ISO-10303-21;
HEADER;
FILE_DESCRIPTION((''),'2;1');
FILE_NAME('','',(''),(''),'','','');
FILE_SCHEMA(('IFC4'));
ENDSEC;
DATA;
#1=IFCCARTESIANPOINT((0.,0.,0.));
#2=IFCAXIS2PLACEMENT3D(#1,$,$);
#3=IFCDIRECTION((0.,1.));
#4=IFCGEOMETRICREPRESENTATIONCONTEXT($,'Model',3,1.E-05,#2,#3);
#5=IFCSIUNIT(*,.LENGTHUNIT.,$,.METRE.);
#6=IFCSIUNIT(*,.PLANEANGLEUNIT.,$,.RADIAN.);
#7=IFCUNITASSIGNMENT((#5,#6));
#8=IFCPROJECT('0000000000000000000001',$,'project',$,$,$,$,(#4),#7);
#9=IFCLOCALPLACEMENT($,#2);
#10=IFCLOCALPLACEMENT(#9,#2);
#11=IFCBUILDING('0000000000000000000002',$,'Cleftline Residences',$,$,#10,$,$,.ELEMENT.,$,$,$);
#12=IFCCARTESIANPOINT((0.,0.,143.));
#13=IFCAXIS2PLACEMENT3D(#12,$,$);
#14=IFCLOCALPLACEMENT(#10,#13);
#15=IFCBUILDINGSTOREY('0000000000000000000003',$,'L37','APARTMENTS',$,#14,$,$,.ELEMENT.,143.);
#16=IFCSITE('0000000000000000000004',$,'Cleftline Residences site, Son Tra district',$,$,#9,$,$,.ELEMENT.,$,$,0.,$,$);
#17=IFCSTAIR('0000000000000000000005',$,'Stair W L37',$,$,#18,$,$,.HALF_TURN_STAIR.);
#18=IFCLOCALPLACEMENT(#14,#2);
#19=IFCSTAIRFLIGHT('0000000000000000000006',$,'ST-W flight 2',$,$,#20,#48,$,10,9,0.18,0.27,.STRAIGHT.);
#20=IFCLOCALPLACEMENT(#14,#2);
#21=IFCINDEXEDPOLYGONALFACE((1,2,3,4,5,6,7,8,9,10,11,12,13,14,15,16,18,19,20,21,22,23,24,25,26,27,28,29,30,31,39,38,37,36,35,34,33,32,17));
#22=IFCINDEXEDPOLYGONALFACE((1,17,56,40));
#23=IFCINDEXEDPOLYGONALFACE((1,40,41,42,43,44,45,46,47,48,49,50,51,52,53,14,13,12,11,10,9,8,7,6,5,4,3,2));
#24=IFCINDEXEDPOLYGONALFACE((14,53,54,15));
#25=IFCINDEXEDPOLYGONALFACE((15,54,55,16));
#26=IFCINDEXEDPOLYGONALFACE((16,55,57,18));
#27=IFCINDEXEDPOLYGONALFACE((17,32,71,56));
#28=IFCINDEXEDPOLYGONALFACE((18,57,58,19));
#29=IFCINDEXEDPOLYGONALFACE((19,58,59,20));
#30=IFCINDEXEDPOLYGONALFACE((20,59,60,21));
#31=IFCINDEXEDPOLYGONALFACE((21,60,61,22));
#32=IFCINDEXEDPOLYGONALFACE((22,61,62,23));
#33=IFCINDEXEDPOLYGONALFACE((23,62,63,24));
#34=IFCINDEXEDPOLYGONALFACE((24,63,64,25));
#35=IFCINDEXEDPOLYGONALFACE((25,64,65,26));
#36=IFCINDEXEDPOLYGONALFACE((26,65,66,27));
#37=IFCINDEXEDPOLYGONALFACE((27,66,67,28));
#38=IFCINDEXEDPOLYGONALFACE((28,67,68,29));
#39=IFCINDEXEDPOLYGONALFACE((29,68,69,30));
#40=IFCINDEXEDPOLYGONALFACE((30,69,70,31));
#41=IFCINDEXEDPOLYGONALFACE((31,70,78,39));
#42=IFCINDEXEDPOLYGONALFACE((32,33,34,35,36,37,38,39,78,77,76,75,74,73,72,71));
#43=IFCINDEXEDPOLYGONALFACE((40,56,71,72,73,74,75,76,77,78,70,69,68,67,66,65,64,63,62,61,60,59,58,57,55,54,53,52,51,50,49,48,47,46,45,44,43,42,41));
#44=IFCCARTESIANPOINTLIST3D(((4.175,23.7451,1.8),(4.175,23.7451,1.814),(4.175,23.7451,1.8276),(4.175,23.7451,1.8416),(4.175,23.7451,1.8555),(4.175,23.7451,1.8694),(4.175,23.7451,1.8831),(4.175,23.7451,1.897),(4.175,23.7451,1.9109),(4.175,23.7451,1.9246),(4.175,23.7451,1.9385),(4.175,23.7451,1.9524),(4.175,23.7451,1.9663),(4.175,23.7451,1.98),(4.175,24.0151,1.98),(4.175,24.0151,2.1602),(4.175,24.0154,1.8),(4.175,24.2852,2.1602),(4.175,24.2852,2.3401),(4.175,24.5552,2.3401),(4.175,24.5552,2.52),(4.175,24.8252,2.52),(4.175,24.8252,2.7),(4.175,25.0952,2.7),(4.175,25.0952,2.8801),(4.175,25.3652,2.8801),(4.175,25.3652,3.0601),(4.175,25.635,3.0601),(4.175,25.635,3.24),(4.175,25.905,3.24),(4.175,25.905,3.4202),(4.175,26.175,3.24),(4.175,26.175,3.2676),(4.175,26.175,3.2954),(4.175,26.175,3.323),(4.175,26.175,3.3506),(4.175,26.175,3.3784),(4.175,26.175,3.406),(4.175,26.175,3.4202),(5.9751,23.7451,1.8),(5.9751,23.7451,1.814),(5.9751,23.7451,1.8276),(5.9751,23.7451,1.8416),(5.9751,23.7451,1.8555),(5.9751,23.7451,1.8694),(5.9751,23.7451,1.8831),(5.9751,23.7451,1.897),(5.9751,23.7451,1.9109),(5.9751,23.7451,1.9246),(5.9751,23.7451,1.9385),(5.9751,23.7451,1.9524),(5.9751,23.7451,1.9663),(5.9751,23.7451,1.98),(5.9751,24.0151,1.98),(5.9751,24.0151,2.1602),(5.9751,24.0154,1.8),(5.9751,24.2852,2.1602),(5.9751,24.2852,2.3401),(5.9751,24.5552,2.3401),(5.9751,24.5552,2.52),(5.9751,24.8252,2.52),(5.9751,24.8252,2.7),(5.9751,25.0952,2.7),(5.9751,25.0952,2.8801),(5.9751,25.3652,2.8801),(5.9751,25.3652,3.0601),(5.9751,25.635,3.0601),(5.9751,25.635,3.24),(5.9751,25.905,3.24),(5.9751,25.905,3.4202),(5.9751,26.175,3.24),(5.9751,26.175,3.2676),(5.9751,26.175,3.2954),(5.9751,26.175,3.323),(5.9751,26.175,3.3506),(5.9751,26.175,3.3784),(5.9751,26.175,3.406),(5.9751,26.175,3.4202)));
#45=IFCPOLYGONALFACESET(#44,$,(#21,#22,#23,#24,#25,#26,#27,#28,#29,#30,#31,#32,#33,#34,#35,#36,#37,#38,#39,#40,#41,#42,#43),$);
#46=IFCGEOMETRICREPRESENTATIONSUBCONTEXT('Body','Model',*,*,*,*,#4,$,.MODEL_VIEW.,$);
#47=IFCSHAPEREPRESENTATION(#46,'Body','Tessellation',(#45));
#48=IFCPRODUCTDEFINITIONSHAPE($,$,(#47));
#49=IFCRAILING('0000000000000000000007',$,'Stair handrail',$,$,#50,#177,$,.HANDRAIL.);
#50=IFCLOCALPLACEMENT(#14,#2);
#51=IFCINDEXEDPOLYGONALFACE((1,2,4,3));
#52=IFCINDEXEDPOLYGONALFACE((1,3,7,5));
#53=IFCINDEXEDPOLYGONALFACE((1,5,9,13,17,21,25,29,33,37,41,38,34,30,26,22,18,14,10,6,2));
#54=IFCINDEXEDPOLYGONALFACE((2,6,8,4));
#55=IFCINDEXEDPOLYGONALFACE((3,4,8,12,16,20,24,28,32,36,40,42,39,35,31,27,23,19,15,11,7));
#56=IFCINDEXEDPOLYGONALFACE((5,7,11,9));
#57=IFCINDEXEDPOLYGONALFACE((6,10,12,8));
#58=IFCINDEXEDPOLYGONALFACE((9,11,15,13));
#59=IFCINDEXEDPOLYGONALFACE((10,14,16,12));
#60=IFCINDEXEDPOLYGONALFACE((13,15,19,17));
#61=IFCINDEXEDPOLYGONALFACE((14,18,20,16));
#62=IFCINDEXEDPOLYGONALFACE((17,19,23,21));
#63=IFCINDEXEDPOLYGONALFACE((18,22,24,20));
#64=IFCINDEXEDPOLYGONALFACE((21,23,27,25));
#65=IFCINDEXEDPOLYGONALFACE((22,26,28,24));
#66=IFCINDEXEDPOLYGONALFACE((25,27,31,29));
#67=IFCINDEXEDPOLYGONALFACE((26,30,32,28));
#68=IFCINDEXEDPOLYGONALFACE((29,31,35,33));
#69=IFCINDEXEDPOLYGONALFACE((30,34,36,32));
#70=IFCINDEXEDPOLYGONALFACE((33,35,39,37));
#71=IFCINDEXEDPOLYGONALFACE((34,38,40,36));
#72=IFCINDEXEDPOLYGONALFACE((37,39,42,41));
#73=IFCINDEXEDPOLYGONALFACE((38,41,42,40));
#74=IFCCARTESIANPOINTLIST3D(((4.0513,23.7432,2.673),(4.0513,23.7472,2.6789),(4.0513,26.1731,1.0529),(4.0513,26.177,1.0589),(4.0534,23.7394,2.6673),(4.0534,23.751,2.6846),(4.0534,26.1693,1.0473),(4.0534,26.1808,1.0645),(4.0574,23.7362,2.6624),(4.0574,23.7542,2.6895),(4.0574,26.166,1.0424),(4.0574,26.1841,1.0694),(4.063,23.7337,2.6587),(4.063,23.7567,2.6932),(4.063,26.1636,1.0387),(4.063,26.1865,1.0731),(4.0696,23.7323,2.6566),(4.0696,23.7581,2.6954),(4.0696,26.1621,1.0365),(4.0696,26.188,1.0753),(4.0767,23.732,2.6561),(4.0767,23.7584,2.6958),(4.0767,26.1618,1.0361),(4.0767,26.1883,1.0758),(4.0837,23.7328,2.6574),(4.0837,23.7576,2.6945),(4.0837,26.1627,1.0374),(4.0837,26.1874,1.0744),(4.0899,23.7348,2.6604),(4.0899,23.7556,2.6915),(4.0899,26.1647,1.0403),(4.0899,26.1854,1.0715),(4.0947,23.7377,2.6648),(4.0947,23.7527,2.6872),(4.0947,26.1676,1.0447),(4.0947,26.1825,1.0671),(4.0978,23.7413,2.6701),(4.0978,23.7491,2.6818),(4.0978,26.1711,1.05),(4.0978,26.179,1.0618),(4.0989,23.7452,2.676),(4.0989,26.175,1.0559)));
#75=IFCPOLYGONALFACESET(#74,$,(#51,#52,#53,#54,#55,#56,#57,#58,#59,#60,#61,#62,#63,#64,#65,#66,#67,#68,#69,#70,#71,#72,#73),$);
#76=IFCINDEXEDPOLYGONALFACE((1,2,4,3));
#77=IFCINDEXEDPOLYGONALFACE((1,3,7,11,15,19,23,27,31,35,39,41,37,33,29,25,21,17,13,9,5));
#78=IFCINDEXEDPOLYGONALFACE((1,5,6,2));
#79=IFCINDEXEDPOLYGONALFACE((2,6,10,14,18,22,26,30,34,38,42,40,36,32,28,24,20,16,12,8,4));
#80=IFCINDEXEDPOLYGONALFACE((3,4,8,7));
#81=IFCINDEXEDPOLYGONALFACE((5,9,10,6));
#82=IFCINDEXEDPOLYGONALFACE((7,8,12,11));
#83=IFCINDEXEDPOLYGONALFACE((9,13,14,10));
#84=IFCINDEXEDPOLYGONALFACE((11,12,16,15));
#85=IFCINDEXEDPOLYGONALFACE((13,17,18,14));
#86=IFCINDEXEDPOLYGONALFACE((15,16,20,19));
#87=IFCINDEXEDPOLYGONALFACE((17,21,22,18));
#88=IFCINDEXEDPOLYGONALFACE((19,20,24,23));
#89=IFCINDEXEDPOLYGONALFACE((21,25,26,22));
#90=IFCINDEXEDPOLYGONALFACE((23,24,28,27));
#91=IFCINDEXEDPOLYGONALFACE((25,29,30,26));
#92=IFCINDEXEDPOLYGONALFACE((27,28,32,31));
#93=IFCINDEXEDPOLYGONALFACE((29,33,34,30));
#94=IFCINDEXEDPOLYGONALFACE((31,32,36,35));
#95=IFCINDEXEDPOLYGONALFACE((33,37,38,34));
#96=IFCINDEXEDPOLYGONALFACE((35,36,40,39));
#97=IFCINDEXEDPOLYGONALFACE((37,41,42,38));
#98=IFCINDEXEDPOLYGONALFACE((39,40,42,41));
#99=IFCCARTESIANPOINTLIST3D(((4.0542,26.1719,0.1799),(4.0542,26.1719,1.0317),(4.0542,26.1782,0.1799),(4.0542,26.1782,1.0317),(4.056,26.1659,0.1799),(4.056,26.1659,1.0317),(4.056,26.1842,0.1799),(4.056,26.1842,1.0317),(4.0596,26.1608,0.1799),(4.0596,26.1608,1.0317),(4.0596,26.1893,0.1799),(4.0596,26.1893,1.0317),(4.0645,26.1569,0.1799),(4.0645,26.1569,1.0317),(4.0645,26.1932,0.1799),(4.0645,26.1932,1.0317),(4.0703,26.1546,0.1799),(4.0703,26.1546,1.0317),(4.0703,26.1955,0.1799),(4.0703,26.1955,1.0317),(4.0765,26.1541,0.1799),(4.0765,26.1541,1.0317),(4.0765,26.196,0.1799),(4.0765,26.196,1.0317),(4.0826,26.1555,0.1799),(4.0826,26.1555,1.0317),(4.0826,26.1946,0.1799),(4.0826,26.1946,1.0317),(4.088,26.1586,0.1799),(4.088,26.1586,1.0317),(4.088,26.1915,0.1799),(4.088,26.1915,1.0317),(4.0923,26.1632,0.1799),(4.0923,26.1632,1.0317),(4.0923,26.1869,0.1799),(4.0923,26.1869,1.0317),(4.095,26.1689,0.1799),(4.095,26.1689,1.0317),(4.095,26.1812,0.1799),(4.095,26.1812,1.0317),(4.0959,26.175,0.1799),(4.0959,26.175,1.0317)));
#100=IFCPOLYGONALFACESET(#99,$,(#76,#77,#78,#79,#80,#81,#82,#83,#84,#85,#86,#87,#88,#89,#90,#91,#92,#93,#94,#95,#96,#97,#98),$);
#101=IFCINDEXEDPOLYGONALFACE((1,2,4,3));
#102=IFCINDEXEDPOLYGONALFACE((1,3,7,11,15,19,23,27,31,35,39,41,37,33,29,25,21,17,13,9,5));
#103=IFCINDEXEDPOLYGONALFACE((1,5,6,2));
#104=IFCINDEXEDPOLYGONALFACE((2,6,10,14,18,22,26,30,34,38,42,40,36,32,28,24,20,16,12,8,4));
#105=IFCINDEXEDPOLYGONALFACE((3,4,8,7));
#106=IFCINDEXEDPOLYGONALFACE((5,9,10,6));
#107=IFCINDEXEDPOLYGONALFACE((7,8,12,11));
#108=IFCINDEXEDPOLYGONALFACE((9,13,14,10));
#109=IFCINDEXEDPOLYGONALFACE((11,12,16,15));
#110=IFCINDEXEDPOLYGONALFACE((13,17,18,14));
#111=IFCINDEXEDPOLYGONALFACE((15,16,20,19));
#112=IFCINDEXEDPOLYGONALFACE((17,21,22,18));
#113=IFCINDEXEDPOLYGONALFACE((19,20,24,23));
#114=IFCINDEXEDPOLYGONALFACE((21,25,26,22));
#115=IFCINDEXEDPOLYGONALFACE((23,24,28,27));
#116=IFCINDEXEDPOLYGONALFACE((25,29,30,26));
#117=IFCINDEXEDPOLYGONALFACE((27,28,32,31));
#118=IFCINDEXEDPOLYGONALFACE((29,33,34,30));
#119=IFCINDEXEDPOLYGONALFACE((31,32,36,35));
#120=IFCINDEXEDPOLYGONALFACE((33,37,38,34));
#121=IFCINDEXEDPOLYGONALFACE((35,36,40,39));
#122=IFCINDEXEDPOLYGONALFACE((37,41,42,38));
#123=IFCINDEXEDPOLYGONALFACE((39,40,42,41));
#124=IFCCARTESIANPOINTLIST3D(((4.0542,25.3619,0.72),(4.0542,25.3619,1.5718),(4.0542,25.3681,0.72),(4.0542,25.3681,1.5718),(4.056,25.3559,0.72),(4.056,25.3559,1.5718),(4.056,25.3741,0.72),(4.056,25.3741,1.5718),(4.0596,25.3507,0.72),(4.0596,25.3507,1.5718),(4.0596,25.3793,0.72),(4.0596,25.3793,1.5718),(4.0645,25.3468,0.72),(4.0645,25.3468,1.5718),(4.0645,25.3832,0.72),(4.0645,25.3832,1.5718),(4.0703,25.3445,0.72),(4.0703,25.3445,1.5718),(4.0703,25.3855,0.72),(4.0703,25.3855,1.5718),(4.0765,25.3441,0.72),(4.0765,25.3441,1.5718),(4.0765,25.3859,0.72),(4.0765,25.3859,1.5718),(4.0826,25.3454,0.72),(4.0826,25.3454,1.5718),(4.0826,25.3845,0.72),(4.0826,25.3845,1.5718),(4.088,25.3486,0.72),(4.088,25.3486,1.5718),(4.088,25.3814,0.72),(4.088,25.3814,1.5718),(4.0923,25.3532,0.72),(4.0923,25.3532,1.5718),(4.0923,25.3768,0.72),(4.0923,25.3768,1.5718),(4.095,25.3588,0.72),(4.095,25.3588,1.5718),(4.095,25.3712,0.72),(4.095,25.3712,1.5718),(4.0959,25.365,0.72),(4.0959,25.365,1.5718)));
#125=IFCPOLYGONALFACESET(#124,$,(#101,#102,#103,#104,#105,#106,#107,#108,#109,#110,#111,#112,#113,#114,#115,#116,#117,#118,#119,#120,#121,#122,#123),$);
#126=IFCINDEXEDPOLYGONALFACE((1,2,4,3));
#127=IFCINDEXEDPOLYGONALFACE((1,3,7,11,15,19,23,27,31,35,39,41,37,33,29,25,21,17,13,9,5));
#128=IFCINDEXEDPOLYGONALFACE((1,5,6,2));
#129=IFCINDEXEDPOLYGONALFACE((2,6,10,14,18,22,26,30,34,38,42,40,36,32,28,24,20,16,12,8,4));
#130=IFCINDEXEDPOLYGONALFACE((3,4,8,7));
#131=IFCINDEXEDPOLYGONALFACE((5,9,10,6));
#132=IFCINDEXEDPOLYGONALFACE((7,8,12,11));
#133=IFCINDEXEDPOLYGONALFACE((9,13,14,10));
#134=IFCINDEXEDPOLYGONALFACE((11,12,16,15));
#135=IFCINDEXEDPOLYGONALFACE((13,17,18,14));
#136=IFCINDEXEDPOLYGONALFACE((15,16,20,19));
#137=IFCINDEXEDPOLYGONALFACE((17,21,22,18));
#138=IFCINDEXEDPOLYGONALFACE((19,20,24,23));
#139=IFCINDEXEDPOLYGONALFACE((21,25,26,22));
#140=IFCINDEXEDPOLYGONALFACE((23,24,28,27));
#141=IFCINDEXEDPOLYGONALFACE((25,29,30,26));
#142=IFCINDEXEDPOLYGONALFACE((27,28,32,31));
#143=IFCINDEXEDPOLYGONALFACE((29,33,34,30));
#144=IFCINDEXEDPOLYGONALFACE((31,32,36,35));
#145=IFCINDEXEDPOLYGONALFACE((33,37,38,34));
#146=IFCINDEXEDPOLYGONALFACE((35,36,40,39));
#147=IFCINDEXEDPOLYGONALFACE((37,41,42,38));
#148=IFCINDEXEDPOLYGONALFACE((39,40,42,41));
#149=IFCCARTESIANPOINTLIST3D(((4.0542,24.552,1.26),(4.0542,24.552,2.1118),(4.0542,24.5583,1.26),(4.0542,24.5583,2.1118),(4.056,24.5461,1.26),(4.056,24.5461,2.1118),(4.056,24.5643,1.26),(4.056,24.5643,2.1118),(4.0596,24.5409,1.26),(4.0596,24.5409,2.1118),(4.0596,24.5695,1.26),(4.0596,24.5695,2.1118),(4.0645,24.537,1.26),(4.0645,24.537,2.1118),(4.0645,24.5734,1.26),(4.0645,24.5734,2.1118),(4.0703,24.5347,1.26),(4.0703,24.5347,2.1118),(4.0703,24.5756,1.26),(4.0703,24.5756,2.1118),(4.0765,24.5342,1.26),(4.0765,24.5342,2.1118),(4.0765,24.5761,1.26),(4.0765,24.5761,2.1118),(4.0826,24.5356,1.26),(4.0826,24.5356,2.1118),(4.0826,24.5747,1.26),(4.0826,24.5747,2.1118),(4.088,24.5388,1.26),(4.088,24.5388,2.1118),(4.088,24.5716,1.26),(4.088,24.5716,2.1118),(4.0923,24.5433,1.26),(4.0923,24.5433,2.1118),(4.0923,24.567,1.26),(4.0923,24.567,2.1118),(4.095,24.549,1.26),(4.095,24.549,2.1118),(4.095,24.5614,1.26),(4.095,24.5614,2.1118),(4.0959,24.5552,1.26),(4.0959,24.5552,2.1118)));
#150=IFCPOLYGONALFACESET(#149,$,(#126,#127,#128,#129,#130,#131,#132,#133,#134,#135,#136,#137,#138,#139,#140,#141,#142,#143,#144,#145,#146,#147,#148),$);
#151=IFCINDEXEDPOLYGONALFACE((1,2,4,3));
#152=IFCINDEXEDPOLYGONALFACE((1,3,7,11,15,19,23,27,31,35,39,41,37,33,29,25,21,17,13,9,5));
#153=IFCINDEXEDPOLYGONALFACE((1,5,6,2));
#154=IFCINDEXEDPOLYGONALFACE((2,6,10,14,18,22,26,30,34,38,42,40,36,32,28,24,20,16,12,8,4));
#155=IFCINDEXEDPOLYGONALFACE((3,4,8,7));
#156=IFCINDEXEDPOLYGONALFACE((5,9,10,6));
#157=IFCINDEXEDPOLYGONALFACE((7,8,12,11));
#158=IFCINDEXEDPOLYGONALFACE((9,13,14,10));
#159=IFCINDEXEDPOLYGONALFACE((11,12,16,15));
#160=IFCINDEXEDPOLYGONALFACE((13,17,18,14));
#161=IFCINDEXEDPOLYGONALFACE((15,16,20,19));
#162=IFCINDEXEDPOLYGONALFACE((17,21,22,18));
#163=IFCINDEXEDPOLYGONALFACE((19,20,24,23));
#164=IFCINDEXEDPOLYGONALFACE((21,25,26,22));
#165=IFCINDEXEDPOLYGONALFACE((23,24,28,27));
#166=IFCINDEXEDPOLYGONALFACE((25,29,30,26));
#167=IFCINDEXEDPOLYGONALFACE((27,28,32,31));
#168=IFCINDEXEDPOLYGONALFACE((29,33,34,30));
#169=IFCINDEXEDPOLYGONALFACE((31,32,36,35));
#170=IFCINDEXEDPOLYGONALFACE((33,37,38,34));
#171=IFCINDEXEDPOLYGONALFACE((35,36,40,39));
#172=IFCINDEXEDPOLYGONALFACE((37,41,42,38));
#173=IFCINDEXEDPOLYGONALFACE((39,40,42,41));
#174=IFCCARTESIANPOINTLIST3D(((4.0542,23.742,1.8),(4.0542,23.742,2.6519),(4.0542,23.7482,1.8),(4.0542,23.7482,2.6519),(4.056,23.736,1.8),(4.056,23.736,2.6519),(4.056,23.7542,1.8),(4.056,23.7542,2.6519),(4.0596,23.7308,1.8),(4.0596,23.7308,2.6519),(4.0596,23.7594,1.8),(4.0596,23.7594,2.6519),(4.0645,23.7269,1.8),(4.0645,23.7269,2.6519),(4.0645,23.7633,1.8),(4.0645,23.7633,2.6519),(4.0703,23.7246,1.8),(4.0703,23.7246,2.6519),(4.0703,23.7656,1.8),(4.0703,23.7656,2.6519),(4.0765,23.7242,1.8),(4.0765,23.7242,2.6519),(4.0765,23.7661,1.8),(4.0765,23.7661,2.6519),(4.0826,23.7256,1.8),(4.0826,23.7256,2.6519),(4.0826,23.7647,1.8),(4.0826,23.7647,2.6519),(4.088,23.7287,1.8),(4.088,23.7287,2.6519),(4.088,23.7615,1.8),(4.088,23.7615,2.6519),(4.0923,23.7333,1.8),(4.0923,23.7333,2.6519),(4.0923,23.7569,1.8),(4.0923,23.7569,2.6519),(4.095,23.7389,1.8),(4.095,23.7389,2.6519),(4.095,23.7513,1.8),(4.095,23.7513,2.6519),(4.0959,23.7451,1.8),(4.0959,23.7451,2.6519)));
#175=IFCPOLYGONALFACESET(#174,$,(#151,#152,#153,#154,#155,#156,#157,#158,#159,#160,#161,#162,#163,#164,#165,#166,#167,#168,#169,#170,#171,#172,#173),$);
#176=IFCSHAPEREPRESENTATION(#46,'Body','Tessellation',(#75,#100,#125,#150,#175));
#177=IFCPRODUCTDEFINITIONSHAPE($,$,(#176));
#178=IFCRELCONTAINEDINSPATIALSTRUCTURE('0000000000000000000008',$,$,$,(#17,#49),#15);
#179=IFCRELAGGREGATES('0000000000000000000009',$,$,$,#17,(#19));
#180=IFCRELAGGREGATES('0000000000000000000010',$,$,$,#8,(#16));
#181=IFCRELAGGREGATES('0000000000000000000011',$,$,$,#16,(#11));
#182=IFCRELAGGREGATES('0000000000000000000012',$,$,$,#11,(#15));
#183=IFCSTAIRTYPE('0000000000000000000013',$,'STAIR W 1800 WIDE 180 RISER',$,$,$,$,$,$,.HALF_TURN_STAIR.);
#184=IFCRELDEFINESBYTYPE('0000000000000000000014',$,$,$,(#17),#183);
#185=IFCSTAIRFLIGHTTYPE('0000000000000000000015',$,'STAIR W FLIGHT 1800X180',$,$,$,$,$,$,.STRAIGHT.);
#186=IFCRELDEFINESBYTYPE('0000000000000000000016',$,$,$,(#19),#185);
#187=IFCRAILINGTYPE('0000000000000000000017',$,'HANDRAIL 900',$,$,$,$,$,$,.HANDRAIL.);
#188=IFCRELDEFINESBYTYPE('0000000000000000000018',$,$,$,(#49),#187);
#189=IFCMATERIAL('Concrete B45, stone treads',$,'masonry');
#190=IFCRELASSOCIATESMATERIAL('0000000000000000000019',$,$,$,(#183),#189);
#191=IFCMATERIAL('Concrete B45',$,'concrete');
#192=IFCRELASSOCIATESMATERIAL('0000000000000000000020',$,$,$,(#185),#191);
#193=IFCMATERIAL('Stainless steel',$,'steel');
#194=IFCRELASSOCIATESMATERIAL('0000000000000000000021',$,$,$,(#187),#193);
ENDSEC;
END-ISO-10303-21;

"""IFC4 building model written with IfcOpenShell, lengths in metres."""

from ifc_helpers import new_model, si_unit, direction, frame, origin, origin_2d, place, context, subcontext, project, spatial, polyline, circle, outline, extrude, material, type_object, element, aggregate, save


model = new_model("IFC4")

# Units and contexts
model_context = context("Model", 3, precision=1e-05, world=origin(), true_north=direction((0.0, 1.0)))
body_context = subcontext(model_context, "Body", "Model", "MODEL_VIEW")
ifc_project = project(units=[si_unit("LENGTHUNIT", "METRE"), si_unit("PLANEANGLEUNIT", "RADIAN")], contexts=[model_context])

# Site, building, storey
site_placement = place(None, origin())
site = spatial("IfcSite", under=ifc_project, at=site_placement, Name="Cleftline Residences site, Son Tra district", CompositionType="ELEMENT", RefElevation=0.0)
building_placement = place(site_placement, origin())
building = spatial("IfcBuilding", under=site, at=building_placement, Name="Cleftline Residences", CompositionType="ELEMENT")
storey_placement = place(building_placement, frame((0.0, 0.0, 143.0)))
storey = spatial("IfcBuildingStorey", under=building, at=storey_placement, Name="L37", Description="APARTMENTS", CompositionType="ELEMENT", Elevation=143.0)

# Stair, stair flight
ifc_material_1 = material(Name="Concrete B45, stone treads", Category="masonry")
stair_type = type_object("IfcStairType", Name="STAIR W 1800 WIDE 180 RISER", PredefinedType="HALF_TURN_STAIR", material=ifc_material_1)
stair_placement = place(storey_placement, origin())
stair = element("IfcStair", 1, at=stair_placement, inside=storey, type_object=stair_type, Name="Stair W L37", PredefinedType="HALF_TURN_STAIR")
ifc_material_2 = material(Name="Concrete B45", Category="concrete")
stair_flight_type = type_object("IfcStairFlightType", Name="STAIR W FLIGHT 1800X180", PredefinedType="STRAIGHT", material=ifc_material_2)
stair_flight_1_placement = place(storey_placement, frame((5.075, 23.7451, 1.8), z_axis=(0.0, 0.0, 1.0), x_axis=(0.0, 1.0, 0.0)))
stair_flight_1 = element("IfcStairFlight", 2, at=stair_flight_1_placement, type_object=stair_flight_type, Name="ST-W flight 2", NumberOfRisers=10, NumberOfTreads=9, PredefinedType="STRAIGHT", RiserHeight=0.18, TreadLength=0.27, context=body_context, shape_type="SweptSolid", body=[
    extrude(outline(polyline([(0.0, 0.0), (0.0, 0.0139), (0.0, 0.0276), (0.0, 0.0415), (0.0, 0.0554), (0.0, 0.0693), (0.0, 0.083), (0.0, 0.0969), (0.0, 0.1108), (0.0, 0.1245), (0.0, 0.1384), (0.0, 0.1523), (0.0, 0.1663), (0.0, 0.1799), (0.27, 0.1799), (0.27, 0.3601), (0.54, 0.3601), (0.54, 0.54), (0.8101, 0.54), (0.8101, 0.72), (1.0801, 0.72), (1.0801, 0.8999), (1.3501, 0.8999), (1.3501, 1.0801), (1.6201, 1.0801), (1.6201, 1.26), (1.8899, 1.26), (1.8899, 1.4399), (2.1599, 1.4399), (2.1599, 1.6201), (2.4299, 1.6201), (2.4299, 1.8), (2.4299, 1.7722), (2.4299, 1.7446), (2.4299, 1.7168), (2.4299, 1.6892), (2.4299, 1.6614), (2.4299, 1.6338), (2.4299, 1.606), (2.4299, 1.5784), (2.4299, 1.5505), (2.4299, 1.5229), (2.4299, 1.4954), (2.4299, 1.4675), (2.4299, 1.4399), (0.2703, 0.0), (0.0, 0.0)])), frame((0.0, 0.8999, 0.0), z_axis=(0.0, -1.0, 0.0), x_axis=(1.0, 0.0, 0.0)), (0.0, 0.0, 1.0), 1.8),
])
aggregate(stair, [stair_flight_1])

# Railing
ifc_material_3 = material(Name="Stainless steel", Category="steel")
railing_type = type_object("IfcRailingType", Name="HANDRAIL 900", PredefinedType="HANDRAIL", material=ifc_material_3)
railing_1_placement = place(storey_placement, frame((4.075, 26.175, 0.1799)))
element("IfcRailing", 3, at=railing_1_placement, inside=storey, type_object=railing_type, Name="Stair handrail", PredefinedType="HANDRAIL", context=body_context, shape_type="SweptSolid", body=[
    extrude(circle(Radius=0.0239, at=origin_2d()), frame((0.0, 0.0, 0.876), z_axis=(0.0, -0.832025, 0.554739), x_axis=(1.0, 0.0, 0.0)), (0.0, 0.0, 1.0), 2.9204),
    extrude(circle(Radius=0.021, at=origin_2d()), origin(), (0.0, 0.0, 1.0), 0.8518),
    extrude(circle(Radius=0.021, at=origin_2d()), frame((0.0, -0.8101, 0.54)), (0.0, 0.0, 1.0), 0.8518),
    extrude(circle(Radius=0.021, at=origin_2d()), frame((0.0, -1.6199, 1.0801)), (0.0, 0.0, 1.0), 0.8518),
    extrude(circle(Radius=0.021, at=origin_2d()), frame((0.0, -2.4299, 1.6201)), (0.0, 0.0, 1.0), 0.8518),
])

save(model, "model.ifc")
